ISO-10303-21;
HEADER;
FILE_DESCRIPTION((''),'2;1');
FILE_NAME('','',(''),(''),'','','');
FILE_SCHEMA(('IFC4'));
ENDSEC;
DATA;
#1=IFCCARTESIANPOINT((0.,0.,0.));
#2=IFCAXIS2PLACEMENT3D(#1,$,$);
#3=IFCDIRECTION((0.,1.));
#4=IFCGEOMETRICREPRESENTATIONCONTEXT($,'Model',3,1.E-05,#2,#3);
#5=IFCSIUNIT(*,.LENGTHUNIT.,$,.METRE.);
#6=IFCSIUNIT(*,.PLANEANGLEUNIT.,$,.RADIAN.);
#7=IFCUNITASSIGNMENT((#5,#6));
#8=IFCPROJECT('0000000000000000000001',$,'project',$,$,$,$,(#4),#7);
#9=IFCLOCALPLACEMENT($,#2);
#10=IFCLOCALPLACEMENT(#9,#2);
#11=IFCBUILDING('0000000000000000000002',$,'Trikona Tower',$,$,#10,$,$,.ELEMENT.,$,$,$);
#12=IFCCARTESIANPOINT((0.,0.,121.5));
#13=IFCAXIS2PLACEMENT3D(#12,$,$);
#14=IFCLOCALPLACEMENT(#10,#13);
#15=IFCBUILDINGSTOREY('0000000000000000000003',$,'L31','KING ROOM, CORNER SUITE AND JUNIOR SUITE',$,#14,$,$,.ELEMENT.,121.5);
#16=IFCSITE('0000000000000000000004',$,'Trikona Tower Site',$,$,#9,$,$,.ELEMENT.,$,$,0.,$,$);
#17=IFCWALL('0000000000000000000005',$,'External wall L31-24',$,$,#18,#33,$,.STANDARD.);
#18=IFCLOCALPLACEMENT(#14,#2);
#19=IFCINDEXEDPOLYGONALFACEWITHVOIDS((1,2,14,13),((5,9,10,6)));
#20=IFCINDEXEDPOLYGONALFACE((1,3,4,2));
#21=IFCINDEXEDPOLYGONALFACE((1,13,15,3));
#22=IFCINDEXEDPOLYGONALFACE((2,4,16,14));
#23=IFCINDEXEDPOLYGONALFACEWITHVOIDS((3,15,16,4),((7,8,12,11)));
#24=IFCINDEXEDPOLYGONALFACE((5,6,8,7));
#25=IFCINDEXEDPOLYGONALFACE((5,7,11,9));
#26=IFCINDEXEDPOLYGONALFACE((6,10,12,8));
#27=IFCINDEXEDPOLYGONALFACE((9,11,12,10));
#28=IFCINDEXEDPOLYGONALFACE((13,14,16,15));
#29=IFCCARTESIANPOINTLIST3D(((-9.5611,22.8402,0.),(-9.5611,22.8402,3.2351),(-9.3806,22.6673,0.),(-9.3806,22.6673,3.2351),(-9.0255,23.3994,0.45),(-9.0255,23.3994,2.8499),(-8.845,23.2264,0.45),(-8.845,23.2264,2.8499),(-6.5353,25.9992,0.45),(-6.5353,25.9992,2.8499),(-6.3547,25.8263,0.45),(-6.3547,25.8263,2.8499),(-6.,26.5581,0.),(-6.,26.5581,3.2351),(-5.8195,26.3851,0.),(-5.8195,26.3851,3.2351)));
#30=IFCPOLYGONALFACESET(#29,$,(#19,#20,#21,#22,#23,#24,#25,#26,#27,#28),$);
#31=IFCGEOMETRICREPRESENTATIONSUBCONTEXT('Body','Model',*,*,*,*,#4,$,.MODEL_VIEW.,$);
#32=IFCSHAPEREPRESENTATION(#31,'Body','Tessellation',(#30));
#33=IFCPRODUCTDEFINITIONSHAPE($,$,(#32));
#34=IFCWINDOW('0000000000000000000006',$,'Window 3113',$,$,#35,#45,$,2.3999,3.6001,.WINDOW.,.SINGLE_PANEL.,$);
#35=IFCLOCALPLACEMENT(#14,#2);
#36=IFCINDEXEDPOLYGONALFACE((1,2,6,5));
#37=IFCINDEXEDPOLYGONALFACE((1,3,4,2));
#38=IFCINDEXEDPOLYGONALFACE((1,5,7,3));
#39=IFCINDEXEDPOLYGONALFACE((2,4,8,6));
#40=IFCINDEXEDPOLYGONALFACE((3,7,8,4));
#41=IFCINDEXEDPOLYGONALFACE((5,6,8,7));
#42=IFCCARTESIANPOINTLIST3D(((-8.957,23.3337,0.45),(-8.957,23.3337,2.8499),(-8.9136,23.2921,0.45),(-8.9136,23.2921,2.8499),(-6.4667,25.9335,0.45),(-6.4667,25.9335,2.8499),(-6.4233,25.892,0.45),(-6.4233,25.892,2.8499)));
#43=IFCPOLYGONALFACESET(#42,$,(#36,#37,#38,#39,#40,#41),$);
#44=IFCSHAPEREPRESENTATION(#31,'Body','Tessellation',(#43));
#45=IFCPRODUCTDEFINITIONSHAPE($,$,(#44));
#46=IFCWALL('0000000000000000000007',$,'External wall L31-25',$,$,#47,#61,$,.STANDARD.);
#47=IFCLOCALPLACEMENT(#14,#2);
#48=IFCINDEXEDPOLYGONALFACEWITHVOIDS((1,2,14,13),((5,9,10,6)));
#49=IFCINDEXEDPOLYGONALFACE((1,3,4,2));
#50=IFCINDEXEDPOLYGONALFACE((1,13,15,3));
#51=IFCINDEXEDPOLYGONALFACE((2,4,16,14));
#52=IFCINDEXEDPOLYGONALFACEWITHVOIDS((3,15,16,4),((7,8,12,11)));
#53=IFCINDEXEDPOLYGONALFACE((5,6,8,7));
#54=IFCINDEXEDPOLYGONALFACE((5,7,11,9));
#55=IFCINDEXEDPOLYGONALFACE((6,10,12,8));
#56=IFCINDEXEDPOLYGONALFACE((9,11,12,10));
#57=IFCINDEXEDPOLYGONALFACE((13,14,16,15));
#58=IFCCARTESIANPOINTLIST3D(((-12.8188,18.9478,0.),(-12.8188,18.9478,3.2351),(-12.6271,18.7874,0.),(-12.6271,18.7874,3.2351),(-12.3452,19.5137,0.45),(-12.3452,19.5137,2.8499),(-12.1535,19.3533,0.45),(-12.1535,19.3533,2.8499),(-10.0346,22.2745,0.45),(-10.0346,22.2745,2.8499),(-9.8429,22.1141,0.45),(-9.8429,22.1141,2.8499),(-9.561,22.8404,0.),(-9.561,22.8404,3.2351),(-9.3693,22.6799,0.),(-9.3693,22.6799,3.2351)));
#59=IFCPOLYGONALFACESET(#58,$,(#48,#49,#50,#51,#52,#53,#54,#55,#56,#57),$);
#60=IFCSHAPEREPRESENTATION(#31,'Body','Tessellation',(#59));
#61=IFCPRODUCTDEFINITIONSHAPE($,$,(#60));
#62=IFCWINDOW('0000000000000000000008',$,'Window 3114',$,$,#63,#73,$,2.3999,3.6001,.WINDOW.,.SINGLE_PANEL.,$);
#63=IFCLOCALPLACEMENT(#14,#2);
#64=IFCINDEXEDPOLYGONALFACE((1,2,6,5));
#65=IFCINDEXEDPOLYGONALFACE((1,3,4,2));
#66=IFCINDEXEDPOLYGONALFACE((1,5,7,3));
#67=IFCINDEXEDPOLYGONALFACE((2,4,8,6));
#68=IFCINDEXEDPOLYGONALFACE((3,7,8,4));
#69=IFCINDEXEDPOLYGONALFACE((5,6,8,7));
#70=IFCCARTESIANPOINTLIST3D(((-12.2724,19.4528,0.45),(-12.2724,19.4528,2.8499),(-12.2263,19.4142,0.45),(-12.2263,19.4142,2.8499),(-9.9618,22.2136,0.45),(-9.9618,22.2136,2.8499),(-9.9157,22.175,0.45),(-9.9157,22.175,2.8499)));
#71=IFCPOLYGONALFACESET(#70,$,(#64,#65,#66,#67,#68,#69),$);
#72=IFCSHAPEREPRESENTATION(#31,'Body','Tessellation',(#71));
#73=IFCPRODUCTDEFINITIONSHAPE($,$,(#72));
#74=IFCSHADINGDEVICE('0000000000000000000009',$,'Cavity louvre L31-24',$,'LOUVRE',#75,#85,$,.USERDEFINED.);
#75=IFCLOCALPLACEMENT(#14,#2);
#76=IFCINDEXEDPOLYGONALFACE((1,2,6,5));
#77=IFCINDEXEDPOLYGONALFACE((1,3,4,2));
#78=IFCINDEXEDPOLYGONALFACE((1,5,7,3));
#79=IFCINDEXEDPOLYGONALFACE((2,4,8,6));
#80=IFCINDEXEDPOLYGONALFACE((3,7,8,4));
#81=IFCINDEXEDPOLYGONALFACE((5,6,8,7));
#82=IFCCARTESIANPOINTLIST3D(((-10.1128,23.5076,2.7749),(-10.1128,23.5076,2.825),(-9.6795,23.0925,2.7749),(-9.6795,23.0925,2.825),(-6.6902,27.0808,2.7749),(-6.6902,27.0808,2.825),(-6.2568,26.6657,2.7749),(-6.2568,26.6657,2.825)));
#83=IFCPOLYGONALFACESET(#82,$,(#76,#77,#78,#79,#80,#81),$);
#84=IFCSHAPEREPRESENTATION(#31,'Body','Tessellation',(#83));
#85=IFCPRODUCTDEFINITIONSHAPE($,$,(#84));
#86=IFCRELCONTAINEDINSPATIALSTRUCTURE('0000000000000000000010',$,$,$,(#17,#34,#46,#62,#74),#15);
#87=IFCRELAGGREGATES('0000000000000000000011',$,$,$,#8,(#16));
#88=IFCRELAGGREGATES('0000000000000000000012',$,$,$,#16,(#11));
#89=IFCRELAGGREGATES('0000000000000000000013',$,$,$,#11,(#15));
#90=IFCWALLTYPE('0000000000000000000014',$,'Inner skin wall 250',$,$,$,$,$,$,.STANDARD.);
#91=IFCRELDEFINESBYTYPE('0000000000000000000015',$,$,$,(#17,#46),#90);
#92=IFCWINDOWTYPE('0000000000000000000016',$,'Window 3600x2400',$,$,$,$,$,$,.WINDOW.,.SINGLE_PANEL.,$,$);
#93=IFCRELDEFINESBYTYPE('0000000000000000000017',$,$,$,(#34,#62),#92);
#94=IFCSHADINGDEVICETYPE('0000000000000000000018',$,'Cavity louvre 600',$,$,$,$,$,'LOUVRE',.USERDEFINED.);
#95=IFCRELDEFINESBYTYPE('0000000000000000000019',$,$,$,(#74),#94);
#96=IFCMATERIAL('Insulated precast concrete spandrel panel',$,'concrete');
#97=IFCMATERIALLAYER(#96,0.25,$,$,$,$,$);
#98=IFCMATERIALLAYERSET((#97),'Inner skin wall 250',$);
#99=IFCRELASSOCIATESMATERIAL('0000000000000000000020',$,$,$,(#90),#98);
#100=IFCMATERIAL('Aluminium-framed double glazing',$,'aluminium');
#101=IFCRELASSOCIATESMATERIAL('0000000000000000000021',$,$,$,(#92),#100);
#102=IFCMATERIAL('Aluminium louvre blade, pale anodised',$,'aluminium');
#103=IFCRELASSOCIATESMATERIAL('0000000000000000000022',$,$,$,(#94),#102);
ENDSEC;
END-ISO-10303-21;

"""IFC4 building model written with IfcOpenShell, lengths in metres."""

from ifc_helpers import new_model, si_unit, direction, frame, frame_2d, origin, origin_2d, place, context, subcontext, project, spatial, rectangle, extrude, material, layer, layer_set, type_object, element, fill, save


model = new_model("IFC4")

# Units and contexts
model_context = context("Model", 3, precision=1e-05, world=origin(), true_north=direction((0.0, 1.0)))
body_context = subcontext(model_context, "Body", "Model", "MODEL_VIEW")
ifc_project = project(units=[si_unit("LENGTHUNIT", "METRE"), si_unit("PLANEANGLEUNIT", "RADIAN")], contexts=[model_context])

# Site, building, storey
site_placement = place(None, origin())
site = spatial("IfcSite", under=ifc_project, at=site_placement, Name="Trikona Tower Site", CompositionType="ELEMENT", RefElevation=0.0)
building_placement = place(site_placement, origin())
building = spatial("IfcBuilding", under=site, at=building_placement, Name="Trikona Tower", CompositionType="ELEMENT")
storey_placement = place(building_placement, frame((0.0, 0.0, 121.5)))
storey = spatial("IfcBuildingStorey", under=building, at=storey_placement, Name="L31", Description="KING ROOM, CORNER SUITE AND JUNIOR SUITE", CompositionType="ELEMENT", Elevation=121.5)

# Walls, openings, windows
ifc_material_1 = material(Name="Insulated precast concrete spandrel panel", Category="concrete")
ifc_layer_1 = layer(ifc_material_1, 0.25)
ifc_layer_set_1 = layer_set([ifc_layer_1], Name="Inner skin wall 250")
wall_type_1 = type_object("IfcWallType", Name="Inner skin wall 250", PredefinedType="STANDARD", material=ifc_layer_set_1)
wall_1_placement = place(storey_placement, frame((-5.9097, 26.4717, 0.0), z_axis=(0.0, 0.0, 1.0), x_axis=(-0.69172, -0.722166, 0.0)))
wall_1 = element("IfcWall", 1, at=wall_1_placement, inside=storey, type_object=wall_type_1, Name="External wall L31-24", PredefinedType="STANDARD", context=body_context, shape_type="SweptSolid", body=[
    extrude(rectangle(XDim=5.1482, YDim=0.25, at=frame_2d((2.5742, 0.0))), origin(), (0.0, 0.0, 1.0), 3.2351),
])
opening_1_placement = place(wall_1_placement, frame((0.7739, 0.0, 0.45)))
opening_1 = element("IfcOpeningElement", 2, at=opening_1_placement, cuts=wall_1, PredefinedType="OPENING", context=body_context, shape_type="SweptSolid", body=[
    extrude(rectangle(XDim=3.6001, YDim=2.3999, at=frame_2d((1.8, 1.2))), frame((0.0, 0.135, 0.0), z_axis=(0.0, -1.0, 0.0), x_axis=(1.0, 0.0, 0.0)), (0.0, 0.0, 1.0), 0.27),
])
ifc_material_2 = material(Name="Aluminium-framed double glazing", Category="aluminium")
window_type_1 = type_object("IfcWindowType", Name="Window 3600x2400", PartitioningType="SINGLE_PANEL", PredefinedType="WINDOW", material=ifc_material_2)
window_1_placement = place(opening_1_placement, origin())
window_1 = element("IfcWindow", 3, at=window_1_placement, inside=storey, type_object=window_type_1, Name="Window 3113", OverallHeight=2.3999, OverallWidth=3.6001, PartitioningType="SINGLE_PANEL", PredefinedType="WINDOW", context=body_context, shape_type="SweptSolid", body=[
    extrude(rectangle(XDim=3.6001, YDim=2.3999, at=frame_2d((1.8, 1.2))), frame((0.0, 0.03, 0.0), z_axis=(0.0, -1.0, 0.0), x_axis=(1.0, 0.0, 0.0)), (0.0, 0.0, 1.0), 0.0601),
])
fill(opening_1, window_1)
wall_2_placement = place(storey_placement, frame((-9.4651, 22.7603, 0.0), z_axis=(0.0, 0.0, 1.0), x_axis=(-0.64181, -0.766863, 0.0)))
wall_2 = element("IfcWall", 4, at=wall_2_placement, inside=storey, type_object=wall_type_1, Name="External wall L31-25", PredefinedType="STANDARD", context=body_context, shape_type="SweptSolid", body=[
    extrude(rectangle(XDim=5.0759, YDim=0.25, at=frame_2d((2.5381, 0.0))), origin(), (0.0, 0.0, 1.0), 3.2351),
])
opening_2_placement = place(wall_2_placement, frame((0.738, 0.0, 0.45)))
opening_2 = element("IfcOpeningElement", 5, at=opening_2_placement, cuts=wall_2, PredefinedType="OPENING", context=body_context, shape_type="SweptSolid", body=[
    extrude(rectangle(XDim=3.6001, YDim=2.3999, at=frame_2d((1.8, 1.2))), frame((0.0, 0.135, 0.0), z_axis=(0.0, -1.0, 0.0), x_axis=(1.0, 0.0, 0.0)), (0.0, 0.0, 1.0), 0.27),
])
window_2_placement = place(opening_2_placement, origin())
window_2 = element("IfcWindow", 6, at=window_2_placement, inside=storey, type_object=window_type_1, Name="Window 3114", OverallHeight=2.3999, OverallWidth=3.6001, PartitioningType="SINGLE_PANEL", PredefinedType="WINDOW", context=body_context, shape_type="SweptSolid", body=[
    extrude(rectangle(XDim=3.6001, YDim=2.3999, at=frame_2d((1.8, 1.2))), frame((0.0, 0.03, 0.0), z_axis=(0.0, -1.0, 0.0), x_axis=(1.0, 0.0, 0.0)), (0.0, 0.0, 1.0), 0.0601),
])
fill(opening_2, window_2)

# Shading device
ifc_material_3 = material(Name="Aluminium louvre blade, pale anodised", Category="aluminium")
shading_device_type = type_object("IfcShadingDeviceType", Name="Cavity louvre 600", ElementType="LOUVRE", PredefinedType="USERDEFINED", material=ifc_material_3)
shading_device_placement = place(storey_placement, frame((-8.1848, 25.0867, 2.7749), z_axis=(0.0, 0.0, 1.0), x_axis=(-0.691724, -0.722162, 0.0)))
element("IfcShadingDevice", 7, at=shading_device_placement, inside=storey, type_object=shading_device_type, Name="Cavity louvre L31-24", ObjectType="LOUVRE", PredefinedType="USERDEFINED", context=body_context, shape_type="SweptSolid", body=[
    extrude(rectangle(XDim=4.948, YDim=0.6001, at=origin_2d()), origin(), (0.0, 0.0, 1.0), 0.05),
])

save(model, "model.ifc")
